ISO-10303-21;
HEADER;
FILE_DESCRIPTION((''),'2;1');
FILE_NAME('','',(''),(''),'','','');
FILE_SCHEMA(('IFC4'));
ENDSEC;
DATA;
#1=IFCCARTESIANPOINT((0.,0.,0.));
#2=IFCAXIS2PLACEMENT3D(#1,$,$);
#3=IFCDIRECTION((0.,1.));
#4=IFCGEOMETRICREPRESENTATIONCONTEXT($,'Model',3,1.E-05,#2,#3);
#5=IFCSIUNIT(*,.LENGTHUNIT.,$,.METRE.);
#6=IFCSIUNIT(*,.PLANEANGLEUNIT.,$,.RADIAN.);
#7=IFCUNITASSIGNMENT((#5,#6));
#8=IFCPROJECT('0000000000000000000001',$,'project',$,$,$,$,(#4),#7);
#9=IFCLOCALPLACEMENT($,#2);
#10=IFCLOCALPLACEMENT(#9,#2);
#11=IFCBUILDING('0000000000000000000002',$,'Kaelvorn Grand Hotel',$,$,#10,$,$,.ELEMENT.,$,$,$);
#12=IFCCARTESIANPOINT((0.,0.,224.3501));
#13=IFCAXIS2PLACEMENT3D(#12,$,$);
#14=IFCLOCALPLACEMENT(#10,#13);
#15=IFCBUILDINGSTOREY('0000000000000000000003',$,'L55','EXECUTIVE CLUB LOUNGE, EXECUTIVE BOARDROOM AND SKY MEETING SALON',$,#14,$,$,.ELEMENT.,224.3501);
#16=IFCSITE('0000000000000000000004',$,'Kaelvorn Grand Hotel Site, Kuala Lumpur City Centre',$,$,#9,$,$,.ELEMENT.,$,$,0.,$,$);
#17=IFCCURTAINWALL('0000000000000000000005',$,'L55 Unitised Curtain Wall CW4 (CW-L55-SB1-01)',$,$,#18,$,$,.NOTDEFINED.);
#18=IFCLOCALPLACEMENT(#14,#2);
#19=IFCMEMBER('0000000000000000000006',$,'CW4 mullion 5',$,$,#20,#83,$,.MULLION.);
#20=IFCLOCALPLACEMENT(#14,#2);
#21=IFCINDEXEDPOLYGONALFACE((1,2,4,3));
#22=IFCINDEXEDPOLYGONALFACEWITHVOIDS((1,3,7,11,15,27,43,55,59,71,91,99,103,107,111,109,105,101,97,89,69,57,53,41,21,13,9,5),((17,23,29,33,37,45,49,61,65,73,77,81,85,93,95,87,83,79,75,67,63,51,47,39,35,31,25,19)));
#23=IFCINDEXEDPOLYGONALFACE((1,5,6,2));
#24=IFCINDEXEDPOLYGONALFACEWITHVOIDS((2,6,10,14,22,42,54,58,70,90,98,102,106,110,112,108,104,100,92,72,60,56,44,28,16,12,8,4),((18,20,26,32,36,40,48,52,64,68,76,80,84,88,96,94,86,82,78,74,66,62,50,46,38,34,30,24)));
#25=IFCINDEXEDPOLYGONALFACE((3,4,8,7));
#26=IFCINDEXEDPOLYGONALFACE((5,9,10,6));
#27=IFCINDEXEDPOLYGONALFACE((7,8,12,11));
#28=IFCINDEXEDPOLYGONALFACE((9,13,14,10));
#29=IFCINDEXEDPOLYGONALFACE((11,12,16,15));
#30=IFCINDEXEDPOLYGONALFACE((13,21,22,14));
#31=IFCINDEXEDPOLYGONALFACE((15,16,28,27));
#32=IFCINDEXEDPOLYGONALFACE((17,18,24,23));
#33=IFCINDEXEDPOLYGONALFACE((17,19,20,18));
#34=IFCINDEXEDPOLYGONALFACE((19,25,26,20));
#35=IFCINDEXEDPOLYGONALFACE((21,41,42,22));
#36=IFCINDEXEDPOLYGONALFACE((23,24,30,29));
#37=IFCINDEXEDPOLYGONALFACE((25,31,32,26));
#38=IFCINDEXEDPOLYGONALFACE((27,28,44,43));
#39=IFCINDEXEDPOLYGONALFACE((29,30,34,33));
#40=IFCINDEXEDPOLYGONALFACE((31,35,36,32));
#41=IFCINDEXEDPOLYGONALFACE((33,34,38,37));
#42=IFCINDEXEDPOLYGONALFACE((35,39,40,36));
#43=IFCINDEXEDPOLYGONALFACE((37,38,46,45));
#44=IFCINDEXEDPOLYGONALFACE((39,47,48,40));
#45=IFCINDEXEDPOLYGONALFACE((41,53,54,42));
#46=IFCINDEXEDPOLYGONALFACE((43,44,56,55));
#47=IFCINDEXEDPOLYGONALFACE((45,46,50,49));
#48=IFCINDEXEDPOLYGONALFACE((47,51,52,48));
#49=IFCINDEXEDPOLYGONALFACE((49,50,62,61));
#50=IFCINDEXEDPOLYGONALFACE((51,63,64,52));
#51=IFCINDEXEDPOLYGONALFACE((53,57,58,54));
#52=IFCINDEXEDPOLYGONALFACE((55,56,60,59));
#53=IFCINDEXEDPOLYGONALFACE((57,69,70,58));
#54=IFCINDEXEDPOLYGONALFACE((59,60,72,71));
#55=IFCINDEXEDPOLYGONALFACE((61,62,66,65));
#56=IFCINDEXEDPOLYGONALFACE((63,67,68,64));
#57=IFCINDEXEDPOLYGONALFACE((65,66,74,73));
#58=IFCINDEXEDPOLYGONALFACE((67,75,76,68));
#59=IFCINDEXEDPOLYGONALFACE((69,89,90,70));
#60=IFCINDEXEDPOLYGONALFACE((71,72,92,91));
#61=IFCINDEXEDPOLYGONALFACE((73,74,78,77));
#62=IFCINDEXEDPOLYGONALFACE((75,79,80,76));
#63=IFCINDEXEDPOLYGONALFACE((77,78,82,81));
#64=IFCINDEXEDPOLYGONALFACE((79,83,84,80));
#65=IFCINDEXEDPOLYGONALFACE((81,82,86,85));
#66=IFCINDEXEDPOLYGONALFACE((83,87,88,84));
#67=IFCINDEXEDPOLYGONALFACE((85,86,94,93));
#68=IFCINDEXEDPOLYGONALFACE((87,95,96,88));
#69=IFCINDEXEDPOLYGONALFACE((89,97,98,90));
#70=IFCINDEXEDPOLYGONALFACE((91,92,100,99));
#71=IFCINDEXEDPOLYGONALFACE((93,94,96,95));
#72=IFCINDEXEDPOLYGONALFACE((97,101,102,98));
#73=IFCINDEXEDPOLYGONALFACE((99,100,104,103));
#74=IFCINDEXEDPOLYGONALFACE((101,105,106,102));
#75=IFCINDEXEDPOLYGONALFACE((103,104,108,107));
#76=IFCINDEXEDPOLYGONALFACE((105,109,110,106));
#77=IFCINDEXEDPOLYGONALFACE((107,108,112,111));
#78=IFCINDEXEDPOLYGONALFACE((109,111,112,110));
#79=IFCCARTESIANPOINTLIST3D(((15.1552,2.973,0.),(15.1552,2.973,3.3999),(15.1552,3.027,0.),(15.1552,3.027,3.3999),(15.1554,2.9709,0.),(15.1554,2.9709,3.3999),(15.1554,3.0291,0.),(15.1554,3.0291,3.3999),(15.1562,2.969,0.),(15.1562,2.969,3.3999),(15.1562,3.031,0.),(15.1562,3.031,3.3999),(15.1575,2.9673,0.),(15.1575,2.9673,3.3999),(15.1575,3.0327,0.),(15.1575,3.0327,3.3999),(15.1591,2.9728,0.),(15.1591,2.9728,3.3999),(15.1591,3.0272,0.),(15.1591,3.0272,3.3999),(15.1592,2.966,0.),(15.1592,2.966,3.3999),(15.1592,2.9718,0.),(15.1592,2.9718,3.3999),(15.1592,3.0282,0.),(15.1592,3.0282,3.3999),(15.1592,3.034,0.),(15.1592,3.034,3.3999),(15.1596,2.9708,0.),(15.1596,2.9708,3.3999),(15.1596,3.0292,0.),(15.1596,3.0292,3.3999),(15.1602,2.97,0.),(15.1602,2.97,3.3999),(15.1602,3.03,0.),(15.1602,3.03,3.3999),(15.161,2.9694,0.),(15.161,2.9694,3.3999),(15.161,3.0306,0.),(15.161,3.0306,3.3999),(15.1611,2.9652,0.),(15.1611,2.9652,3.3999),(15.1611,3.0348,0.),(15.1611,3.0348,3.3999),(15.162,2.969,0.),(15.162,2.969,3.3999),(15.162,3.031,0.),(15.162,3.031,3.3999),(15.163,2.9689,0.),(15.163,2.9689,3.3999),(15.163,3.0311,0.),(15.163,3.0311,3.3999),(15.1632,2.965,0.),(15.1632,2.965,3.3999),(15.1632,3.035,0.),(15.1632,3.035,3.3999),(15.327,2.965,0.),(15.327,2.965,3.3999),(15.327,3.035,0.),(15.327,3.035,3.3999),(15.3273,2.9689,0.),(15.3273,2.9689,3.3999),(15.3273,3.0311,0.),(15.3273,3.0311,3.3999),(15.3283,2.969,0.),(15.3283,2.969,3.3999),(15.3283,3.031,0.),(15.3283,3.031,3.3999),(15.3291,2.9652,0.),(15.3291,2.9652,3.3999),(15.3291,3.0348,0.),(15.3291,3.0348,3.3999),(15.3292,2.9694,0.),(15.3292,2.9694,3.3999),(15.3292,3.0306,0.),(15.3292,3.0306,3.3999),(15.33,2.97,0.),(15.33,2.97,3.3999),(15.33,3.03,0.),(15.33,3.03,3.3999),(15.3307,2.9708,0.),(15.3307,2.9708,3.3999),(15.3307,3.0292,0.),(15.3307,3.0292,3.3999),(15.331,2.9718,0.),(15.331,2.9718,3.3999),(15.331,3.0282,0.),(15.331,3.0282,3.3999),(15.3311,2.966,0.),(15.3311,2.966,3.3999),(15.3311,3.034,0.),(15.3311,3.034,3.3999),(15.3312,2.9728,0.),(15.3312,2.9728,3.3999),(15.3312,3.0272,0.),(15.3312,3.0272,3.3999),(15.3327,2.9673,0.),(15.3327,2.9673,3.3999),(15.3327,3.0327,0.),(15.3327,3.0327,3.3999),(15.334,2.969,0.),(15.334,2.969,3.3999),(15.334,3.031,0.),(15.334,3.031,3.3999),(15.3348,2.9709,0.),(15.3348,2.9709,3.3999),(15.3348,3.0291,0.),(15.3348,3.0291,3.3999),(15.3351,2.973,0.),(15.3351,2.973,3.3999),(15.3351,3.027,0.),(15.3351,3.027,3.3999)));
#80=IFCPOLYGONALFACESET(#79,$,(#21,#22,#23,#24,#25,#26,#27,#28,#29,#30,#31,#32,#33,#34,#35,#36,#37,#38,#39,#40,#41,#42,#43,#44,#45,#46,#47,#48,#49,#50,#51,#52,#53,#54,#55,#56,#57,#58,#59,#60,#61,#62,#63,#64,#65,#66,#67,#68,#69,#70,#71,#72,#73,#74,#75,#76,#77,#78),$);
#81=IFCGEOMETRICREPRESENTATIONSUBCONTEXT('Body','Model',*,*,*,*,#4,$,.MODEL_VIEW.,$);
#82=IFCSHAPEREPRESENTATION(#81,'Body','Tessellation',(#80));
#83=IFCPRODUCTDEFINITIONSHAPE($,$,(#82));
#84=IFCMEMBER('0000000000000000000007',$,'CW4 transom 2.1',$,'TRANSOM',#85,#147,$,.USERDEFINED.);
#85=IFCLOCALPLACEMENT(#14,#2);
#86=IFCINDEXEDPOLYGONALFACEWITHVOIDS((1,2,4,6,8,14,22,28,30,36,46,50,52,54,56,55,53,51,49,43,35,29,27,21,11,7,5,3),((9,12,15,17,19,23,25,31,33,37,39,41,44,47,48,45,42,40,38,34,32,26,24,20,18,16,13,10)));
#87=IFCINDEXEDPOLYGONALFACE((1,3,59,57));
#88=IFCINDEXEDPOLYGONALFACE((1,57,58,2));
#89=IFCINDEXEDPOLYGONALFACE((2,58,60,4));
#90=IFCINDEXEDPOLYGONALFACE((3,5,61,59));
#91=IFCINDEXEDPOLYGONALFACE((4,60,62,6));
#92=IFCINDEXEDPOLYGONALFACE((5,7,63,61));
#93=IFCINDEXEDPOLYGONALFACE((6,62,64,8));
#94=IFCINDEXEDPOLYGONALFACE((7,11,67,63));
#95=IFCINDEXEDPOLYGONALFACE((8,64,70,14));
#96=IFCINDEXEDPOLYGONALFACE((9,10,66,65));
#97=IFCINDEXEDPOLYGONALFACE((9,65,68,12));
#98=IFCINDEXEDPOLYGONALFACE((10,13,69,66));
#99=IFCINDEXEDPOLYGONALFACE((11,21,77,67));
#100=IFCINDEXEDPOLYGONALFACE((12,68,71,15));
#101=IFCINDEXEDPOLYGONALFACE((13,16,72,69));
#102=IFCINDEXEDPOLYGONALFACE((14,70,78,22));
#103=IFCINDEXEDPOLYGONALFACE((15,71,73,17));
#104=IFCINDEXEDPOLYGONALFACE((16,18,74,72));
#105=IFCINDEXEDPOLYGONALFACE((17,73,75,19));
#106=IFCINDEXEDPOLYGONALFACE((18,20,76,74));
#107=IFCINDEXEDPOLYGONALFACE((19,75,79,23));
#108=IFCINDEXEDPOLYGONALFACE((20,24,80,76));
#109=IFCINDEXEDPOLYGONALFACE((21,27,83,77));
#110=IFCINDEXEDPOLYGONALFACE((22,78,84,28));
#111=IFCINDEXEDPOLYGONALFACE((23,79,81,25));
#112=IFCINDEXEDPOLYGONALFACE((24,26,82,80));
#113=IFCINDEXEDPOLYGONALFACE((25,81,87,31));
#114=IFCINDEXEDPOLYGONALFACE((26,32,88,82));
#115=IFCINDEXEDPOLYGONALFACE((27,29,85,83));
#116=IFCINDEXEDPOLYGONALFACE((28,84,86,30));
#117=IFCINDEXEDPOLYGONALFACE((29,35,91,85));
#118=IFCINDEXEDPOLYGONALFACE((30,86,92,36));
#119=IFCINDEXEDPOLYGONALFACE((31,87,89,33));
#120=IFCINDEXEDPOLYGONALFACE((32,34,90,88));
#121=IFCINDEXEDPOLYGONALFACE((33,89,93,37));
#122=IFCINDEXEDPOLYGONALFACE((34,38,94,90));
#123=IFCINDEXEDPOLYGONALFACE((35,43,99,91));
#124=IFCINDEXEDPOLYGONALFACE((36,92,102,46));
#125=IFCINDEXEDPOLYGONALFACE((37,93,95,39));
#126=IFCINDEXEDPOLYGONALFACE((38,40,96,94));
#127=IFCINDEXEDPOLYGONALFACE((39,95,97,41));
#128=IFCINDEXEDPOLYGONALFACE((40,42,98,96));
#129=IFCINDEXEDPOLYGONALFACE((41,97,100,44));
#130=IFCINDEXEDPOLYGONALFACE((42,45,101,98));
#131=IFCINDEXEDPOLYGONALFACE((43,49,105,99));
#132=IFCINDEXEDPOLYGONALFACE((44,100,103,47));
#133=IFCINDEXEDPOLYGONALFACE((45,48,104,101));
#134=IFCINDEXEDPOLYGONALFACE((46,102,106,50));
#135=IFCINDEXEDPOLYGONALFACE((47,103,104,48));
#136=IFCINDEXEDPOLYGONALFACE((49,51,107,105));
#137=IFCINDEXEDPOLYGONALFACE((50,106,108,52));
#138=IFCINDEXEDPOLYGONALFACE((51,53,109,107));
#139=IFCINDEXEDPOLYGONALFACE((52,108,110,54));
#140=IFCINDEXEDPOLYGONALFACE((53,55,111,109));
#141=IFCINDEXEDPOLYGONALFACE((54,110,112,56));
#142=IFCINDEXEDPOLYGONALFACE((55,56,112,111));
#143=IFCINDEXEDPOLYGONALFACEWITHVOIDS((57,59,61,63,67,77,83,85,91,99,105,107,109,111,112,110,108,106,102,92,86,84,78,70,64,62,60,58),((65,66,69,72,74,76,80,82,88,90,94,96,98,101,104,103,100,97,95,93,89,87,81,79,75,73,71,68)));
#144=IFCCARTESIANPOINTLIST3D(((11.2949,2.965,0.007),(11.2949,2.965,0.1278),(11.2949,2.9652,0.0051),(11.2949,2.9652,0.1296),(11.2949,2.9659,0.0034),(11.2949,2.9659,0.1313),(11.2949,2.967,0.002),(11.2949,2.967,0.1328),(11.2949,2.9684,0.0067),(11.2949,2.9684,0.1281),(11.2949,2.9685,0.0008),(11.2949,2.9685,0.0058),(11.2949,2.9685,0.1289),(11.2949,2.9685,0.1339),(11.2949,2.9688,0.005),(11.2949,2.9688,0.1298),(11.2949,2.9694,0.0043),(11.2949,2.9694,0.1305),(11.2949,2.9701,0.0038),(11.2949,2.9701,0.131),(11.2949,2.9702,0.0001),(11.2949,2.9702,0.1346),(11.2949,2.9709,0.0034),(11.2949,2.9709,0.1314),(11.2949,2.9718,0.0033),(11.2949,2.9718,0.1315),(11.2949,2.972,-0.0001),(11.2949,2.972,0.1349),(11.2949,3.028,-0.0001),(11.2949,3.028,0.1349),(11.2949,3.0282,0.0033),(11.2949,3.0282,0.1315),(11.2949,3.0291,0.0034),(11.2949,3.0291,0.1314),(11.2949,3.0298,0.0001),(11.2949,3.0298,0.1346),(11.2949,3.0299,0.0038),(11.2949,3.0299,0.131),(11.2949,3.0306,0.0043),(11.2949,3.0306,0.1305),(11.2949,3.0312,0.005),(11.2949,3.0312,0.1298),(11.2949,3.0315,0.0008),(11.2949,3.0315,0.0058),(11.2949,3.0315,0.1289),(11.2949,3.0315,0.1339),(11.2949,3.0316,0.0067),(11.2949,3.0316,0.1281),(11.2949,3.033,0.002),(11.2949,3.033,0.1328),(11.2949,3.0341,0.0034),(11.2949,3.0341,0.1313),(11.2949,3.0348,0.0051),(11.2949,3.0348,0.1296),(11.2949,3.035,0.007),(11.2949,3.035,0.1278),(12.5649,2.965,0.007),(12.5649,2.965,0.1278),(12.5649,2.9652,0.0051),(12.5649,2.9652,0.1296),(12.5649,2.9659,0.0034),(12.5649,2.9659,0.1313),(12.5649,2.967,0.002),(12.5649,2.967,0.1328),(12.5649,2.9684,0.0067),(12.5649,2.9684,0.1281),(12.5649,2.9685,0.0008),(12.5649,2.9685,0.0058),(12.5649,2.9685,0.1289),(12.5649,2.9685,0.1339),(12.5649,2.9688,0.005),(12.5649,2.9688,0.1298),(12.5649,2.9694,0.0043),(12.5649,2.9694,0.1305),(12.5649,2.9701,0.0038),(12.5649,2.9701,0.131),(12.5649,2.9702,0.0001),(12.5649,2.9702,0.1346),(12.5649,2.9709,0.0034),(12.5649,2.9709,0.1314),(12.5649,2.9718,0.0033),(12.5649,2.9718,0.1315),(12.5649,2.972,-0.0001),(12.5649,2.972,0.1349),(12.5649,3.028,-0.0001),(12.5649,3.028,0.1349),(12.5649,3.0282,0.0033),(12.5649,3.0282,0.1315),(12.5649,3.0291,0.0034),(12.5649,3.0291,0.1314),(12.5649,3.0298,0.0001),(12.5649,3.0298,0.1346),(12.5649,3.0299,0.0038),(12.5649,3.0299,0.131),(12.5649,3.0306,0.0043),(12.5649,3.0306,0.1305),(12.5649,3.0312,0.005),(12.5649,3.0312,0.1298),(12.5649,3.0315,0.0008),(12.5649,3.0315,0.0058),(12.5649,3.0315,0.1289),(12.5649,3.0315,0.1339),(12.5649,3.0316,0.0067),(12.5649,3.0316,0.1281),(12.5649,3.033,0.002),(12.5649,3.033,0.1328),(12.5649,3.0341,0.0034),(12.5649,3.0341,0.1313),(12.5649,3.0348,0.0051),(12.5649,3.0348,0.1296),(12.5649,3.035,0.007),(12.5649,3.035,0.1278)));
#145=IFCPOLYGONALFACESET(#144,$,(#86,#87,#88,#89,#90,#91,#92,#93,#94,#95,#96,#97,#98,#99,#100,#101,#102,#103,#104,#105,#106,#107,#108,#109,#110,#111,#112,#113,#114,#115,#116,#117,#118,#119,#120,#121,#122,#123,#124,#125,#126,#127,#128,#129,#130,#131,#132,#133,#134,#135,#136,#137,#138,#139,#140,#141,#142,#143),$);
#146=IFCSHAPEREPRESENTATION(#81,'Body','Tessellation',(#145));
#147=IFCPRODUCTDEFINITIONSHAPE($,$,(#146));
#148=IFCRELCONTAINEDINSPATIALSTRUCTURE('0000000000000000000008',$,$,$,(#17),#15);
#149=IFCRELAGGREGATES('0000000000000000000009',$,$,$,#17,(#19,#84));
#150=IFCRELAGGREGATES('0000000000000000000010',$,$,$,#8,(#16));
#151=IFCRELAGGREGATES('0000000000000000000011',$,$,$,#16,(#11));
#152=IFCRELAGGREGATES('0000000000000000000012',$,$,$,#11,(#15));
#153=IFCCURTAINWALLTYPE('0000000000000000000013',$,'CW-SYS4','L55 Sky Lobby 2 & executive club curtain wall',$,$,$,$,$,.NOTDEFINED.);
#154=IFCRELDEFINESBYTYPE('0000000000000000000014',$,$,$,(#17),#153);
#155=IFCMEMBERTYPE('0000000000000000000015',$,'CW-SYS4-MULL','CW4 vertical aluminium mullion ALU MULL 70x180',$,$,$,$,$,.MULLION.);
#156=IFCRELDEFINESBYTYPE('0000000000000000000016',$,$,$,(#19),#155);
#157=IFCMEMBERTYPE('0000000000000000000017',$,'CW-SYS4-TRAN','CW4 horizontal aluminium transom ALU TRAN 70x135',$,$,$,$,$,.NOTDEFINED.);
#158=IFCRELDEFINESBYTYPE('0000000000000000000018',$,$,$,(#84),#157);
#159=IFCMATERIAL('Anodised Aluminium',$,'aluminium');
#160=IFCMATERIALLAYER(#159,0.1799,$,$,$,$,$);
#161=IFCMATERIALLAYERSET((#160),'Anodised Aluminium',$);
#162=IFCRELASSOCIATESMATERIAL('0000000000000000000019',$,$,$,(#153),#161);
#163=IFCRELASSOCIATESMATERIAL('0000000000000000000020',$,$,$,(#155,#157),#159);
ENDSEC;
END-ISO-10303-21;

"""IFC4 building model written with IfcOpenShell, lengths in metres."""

from ifc_helpers import new_model, si_unit, direction, frame, origin, origin_2d, place, context, subcontext, project, spatial, hollow_rectangle, extrude, material, layer, layer_set, material_profile, profile_set, type_object, element, aggregate, save


model = new_model("IFC4")

# Units and contexts
model_context = context("Model", 3, precision=1e-05, world=origin(), true_north=direction((0.0, 1.0)))
body_context = subcontext(model_context, "Body", "Model", "MODEL_VIEW")
ifc_project = project(units=[si_unit("LENGTHUNIT", "METRE"), si_unit("PLANEANGLEUNIT", "RADIAN")], contexts=[model_context])

# Site, building, storey
site_placement = place(None, origin())
site = spatial("IfcSite", under=ifc_project, at=site_placement, Name="Kaelvorn Grand Hotel Site, Kuala Lumpur City Centre", CompositionType="ELEMENT", RefElevation=0.0)
building_placement = place(site_placement, origin())
building = spatial("IfcBuilding", under=site, at=building_placement, Name="Kaelvorn Grand Hotel", CompositionType="ELEMENT")
storey_placement = place(building_placement, frame((0.0, 0.0, 224.3501)))
storey = spatial("IfcBuildingStorey", under=building, at=storey_placement, Name="L55", Description="EXECUTIVE CLUB LOUNGE, EXECUTIVE BOARDROOM AND SKY MEETING SALON", CompositionType="ELEMENT", Elevation=224.3501)

# Curtain wall, members
ifc_material_1 = material(Name="Anodised Aluminium", Category="aluminium")
ifc_layer_1 = layer(ifc_material_1, 0.1799)
ifc_layer_set_1 = layer_set([ifc_layer_1], Name="Anodised Aluminium")
curtain_wall_type = type_object("IfcCurtainWallType", Name="CW-SYS4", Description="L55 Sky Lobby 2 & executive club curtain wall", PredefinedType="NOTDEFINED", material=ifc_layer_set_1)
curtain_wall_placement = place(storey_placement, origin())
curtain_wall = element("IfcCurtainWall", 1, at=curtain_wall_placement, inside=storey, type_object=curtain_wall_type, Name="L55 Unitised Curtain Wall CW4 (CW-L55-SB1-01)", PredefinedType="NOTDEFINED")
ifc_material_profile_1 = material_profile(ifc_material_1, hollow_rectangle(XDim=0.0701, YDim=0.1799, WallThickness=0.0039, InnerFilletRadius=0.0039, OuterFilletRadius=0.0081, at=origin_2d()), Name="ALU MULL 70x180")
ifc_profile_set_1 = profile_set([ifc_material_profile_1], Name="Anodised Aluminium")
member_type_1 = type_object("IfcMemberType", Name="CW-SYS4-MULL", Description="CW4 vertical aluminium mullion ALU MULL 70x180", PredefinedType="MULLION", material=ifc_profile_set_1)
member_1_placement = place(storey_placement, frame((15.2451, 3.0, 0.0), z_axis=(0.0, 0.0, 1.0), x_axis=(0.0, 1.0, 0.0)))
member_1 = element("IfcMember", 2, at=member_1_placement, type_object=member_type_1, Name="CW4 mullion 5", PredefinedType="MULLION", context=body_context, shape_type="SweptSolid", body=[
    extrude(hollow_rectangle(XDim=0.0701, YDim=0.1799, WallThickness=0.0039, InnerFilletRadius=0.0039, OuterFilletRadius=0.0081, at=origin_2d()), origin(), (0.0, 0.0, 1.0), 3.3999),
])
ifc_material_profile_2 = material_profile(ifc_material_1, hollow_rectangle(XDim=0.0701, YDim=0.135, WallThickness=0.0034, InnerFilletRadius=0.0034, OuterFilletRadius=0.0071, at=origin_2d()), Name="ALU TRAN 70x135")
ifc_profile_set_2 = profile_set([ifc_material_profile_2], Name="Anodised Aluminium")
member_type_2 = type_object("IfcMemberType", Name="CW-SYS4-TRAN", Description="CW4 horizontal aluminium transom ALU TRAN 70x135", PredefinedType="NOTDEFINED", material=ifc_profile_set_2)
member_2_placement = place(storey_placement, frame((11.2949, 3.0, 0.0674), z_axis=(1.0, 0.0, 0.0), x_axis=(0.0, 1.0, 0.0)))
member_2 = element("IfcMember", 3, at=member_2_placement, type_object=member_type_2, Name="CW4 transom 2.1", ObjectType="TRANSOM", PredefinedType="USERDEFINED", context=body_context, shape_type="SweptSolid", body=[
    extrude(hollow_rectangle(XDim=0.0701, YDim=0.135, WallThickness=0.0034, InnerFilletRadius=0.0034, OuterFilletRadius=0.0071, at=origin_2d()), origin(), (0.0, 0.0, 1.0), 1.27),
])
aggregate(curtain_wall, [member_1, member_2])

save(model, "model.ifc")
